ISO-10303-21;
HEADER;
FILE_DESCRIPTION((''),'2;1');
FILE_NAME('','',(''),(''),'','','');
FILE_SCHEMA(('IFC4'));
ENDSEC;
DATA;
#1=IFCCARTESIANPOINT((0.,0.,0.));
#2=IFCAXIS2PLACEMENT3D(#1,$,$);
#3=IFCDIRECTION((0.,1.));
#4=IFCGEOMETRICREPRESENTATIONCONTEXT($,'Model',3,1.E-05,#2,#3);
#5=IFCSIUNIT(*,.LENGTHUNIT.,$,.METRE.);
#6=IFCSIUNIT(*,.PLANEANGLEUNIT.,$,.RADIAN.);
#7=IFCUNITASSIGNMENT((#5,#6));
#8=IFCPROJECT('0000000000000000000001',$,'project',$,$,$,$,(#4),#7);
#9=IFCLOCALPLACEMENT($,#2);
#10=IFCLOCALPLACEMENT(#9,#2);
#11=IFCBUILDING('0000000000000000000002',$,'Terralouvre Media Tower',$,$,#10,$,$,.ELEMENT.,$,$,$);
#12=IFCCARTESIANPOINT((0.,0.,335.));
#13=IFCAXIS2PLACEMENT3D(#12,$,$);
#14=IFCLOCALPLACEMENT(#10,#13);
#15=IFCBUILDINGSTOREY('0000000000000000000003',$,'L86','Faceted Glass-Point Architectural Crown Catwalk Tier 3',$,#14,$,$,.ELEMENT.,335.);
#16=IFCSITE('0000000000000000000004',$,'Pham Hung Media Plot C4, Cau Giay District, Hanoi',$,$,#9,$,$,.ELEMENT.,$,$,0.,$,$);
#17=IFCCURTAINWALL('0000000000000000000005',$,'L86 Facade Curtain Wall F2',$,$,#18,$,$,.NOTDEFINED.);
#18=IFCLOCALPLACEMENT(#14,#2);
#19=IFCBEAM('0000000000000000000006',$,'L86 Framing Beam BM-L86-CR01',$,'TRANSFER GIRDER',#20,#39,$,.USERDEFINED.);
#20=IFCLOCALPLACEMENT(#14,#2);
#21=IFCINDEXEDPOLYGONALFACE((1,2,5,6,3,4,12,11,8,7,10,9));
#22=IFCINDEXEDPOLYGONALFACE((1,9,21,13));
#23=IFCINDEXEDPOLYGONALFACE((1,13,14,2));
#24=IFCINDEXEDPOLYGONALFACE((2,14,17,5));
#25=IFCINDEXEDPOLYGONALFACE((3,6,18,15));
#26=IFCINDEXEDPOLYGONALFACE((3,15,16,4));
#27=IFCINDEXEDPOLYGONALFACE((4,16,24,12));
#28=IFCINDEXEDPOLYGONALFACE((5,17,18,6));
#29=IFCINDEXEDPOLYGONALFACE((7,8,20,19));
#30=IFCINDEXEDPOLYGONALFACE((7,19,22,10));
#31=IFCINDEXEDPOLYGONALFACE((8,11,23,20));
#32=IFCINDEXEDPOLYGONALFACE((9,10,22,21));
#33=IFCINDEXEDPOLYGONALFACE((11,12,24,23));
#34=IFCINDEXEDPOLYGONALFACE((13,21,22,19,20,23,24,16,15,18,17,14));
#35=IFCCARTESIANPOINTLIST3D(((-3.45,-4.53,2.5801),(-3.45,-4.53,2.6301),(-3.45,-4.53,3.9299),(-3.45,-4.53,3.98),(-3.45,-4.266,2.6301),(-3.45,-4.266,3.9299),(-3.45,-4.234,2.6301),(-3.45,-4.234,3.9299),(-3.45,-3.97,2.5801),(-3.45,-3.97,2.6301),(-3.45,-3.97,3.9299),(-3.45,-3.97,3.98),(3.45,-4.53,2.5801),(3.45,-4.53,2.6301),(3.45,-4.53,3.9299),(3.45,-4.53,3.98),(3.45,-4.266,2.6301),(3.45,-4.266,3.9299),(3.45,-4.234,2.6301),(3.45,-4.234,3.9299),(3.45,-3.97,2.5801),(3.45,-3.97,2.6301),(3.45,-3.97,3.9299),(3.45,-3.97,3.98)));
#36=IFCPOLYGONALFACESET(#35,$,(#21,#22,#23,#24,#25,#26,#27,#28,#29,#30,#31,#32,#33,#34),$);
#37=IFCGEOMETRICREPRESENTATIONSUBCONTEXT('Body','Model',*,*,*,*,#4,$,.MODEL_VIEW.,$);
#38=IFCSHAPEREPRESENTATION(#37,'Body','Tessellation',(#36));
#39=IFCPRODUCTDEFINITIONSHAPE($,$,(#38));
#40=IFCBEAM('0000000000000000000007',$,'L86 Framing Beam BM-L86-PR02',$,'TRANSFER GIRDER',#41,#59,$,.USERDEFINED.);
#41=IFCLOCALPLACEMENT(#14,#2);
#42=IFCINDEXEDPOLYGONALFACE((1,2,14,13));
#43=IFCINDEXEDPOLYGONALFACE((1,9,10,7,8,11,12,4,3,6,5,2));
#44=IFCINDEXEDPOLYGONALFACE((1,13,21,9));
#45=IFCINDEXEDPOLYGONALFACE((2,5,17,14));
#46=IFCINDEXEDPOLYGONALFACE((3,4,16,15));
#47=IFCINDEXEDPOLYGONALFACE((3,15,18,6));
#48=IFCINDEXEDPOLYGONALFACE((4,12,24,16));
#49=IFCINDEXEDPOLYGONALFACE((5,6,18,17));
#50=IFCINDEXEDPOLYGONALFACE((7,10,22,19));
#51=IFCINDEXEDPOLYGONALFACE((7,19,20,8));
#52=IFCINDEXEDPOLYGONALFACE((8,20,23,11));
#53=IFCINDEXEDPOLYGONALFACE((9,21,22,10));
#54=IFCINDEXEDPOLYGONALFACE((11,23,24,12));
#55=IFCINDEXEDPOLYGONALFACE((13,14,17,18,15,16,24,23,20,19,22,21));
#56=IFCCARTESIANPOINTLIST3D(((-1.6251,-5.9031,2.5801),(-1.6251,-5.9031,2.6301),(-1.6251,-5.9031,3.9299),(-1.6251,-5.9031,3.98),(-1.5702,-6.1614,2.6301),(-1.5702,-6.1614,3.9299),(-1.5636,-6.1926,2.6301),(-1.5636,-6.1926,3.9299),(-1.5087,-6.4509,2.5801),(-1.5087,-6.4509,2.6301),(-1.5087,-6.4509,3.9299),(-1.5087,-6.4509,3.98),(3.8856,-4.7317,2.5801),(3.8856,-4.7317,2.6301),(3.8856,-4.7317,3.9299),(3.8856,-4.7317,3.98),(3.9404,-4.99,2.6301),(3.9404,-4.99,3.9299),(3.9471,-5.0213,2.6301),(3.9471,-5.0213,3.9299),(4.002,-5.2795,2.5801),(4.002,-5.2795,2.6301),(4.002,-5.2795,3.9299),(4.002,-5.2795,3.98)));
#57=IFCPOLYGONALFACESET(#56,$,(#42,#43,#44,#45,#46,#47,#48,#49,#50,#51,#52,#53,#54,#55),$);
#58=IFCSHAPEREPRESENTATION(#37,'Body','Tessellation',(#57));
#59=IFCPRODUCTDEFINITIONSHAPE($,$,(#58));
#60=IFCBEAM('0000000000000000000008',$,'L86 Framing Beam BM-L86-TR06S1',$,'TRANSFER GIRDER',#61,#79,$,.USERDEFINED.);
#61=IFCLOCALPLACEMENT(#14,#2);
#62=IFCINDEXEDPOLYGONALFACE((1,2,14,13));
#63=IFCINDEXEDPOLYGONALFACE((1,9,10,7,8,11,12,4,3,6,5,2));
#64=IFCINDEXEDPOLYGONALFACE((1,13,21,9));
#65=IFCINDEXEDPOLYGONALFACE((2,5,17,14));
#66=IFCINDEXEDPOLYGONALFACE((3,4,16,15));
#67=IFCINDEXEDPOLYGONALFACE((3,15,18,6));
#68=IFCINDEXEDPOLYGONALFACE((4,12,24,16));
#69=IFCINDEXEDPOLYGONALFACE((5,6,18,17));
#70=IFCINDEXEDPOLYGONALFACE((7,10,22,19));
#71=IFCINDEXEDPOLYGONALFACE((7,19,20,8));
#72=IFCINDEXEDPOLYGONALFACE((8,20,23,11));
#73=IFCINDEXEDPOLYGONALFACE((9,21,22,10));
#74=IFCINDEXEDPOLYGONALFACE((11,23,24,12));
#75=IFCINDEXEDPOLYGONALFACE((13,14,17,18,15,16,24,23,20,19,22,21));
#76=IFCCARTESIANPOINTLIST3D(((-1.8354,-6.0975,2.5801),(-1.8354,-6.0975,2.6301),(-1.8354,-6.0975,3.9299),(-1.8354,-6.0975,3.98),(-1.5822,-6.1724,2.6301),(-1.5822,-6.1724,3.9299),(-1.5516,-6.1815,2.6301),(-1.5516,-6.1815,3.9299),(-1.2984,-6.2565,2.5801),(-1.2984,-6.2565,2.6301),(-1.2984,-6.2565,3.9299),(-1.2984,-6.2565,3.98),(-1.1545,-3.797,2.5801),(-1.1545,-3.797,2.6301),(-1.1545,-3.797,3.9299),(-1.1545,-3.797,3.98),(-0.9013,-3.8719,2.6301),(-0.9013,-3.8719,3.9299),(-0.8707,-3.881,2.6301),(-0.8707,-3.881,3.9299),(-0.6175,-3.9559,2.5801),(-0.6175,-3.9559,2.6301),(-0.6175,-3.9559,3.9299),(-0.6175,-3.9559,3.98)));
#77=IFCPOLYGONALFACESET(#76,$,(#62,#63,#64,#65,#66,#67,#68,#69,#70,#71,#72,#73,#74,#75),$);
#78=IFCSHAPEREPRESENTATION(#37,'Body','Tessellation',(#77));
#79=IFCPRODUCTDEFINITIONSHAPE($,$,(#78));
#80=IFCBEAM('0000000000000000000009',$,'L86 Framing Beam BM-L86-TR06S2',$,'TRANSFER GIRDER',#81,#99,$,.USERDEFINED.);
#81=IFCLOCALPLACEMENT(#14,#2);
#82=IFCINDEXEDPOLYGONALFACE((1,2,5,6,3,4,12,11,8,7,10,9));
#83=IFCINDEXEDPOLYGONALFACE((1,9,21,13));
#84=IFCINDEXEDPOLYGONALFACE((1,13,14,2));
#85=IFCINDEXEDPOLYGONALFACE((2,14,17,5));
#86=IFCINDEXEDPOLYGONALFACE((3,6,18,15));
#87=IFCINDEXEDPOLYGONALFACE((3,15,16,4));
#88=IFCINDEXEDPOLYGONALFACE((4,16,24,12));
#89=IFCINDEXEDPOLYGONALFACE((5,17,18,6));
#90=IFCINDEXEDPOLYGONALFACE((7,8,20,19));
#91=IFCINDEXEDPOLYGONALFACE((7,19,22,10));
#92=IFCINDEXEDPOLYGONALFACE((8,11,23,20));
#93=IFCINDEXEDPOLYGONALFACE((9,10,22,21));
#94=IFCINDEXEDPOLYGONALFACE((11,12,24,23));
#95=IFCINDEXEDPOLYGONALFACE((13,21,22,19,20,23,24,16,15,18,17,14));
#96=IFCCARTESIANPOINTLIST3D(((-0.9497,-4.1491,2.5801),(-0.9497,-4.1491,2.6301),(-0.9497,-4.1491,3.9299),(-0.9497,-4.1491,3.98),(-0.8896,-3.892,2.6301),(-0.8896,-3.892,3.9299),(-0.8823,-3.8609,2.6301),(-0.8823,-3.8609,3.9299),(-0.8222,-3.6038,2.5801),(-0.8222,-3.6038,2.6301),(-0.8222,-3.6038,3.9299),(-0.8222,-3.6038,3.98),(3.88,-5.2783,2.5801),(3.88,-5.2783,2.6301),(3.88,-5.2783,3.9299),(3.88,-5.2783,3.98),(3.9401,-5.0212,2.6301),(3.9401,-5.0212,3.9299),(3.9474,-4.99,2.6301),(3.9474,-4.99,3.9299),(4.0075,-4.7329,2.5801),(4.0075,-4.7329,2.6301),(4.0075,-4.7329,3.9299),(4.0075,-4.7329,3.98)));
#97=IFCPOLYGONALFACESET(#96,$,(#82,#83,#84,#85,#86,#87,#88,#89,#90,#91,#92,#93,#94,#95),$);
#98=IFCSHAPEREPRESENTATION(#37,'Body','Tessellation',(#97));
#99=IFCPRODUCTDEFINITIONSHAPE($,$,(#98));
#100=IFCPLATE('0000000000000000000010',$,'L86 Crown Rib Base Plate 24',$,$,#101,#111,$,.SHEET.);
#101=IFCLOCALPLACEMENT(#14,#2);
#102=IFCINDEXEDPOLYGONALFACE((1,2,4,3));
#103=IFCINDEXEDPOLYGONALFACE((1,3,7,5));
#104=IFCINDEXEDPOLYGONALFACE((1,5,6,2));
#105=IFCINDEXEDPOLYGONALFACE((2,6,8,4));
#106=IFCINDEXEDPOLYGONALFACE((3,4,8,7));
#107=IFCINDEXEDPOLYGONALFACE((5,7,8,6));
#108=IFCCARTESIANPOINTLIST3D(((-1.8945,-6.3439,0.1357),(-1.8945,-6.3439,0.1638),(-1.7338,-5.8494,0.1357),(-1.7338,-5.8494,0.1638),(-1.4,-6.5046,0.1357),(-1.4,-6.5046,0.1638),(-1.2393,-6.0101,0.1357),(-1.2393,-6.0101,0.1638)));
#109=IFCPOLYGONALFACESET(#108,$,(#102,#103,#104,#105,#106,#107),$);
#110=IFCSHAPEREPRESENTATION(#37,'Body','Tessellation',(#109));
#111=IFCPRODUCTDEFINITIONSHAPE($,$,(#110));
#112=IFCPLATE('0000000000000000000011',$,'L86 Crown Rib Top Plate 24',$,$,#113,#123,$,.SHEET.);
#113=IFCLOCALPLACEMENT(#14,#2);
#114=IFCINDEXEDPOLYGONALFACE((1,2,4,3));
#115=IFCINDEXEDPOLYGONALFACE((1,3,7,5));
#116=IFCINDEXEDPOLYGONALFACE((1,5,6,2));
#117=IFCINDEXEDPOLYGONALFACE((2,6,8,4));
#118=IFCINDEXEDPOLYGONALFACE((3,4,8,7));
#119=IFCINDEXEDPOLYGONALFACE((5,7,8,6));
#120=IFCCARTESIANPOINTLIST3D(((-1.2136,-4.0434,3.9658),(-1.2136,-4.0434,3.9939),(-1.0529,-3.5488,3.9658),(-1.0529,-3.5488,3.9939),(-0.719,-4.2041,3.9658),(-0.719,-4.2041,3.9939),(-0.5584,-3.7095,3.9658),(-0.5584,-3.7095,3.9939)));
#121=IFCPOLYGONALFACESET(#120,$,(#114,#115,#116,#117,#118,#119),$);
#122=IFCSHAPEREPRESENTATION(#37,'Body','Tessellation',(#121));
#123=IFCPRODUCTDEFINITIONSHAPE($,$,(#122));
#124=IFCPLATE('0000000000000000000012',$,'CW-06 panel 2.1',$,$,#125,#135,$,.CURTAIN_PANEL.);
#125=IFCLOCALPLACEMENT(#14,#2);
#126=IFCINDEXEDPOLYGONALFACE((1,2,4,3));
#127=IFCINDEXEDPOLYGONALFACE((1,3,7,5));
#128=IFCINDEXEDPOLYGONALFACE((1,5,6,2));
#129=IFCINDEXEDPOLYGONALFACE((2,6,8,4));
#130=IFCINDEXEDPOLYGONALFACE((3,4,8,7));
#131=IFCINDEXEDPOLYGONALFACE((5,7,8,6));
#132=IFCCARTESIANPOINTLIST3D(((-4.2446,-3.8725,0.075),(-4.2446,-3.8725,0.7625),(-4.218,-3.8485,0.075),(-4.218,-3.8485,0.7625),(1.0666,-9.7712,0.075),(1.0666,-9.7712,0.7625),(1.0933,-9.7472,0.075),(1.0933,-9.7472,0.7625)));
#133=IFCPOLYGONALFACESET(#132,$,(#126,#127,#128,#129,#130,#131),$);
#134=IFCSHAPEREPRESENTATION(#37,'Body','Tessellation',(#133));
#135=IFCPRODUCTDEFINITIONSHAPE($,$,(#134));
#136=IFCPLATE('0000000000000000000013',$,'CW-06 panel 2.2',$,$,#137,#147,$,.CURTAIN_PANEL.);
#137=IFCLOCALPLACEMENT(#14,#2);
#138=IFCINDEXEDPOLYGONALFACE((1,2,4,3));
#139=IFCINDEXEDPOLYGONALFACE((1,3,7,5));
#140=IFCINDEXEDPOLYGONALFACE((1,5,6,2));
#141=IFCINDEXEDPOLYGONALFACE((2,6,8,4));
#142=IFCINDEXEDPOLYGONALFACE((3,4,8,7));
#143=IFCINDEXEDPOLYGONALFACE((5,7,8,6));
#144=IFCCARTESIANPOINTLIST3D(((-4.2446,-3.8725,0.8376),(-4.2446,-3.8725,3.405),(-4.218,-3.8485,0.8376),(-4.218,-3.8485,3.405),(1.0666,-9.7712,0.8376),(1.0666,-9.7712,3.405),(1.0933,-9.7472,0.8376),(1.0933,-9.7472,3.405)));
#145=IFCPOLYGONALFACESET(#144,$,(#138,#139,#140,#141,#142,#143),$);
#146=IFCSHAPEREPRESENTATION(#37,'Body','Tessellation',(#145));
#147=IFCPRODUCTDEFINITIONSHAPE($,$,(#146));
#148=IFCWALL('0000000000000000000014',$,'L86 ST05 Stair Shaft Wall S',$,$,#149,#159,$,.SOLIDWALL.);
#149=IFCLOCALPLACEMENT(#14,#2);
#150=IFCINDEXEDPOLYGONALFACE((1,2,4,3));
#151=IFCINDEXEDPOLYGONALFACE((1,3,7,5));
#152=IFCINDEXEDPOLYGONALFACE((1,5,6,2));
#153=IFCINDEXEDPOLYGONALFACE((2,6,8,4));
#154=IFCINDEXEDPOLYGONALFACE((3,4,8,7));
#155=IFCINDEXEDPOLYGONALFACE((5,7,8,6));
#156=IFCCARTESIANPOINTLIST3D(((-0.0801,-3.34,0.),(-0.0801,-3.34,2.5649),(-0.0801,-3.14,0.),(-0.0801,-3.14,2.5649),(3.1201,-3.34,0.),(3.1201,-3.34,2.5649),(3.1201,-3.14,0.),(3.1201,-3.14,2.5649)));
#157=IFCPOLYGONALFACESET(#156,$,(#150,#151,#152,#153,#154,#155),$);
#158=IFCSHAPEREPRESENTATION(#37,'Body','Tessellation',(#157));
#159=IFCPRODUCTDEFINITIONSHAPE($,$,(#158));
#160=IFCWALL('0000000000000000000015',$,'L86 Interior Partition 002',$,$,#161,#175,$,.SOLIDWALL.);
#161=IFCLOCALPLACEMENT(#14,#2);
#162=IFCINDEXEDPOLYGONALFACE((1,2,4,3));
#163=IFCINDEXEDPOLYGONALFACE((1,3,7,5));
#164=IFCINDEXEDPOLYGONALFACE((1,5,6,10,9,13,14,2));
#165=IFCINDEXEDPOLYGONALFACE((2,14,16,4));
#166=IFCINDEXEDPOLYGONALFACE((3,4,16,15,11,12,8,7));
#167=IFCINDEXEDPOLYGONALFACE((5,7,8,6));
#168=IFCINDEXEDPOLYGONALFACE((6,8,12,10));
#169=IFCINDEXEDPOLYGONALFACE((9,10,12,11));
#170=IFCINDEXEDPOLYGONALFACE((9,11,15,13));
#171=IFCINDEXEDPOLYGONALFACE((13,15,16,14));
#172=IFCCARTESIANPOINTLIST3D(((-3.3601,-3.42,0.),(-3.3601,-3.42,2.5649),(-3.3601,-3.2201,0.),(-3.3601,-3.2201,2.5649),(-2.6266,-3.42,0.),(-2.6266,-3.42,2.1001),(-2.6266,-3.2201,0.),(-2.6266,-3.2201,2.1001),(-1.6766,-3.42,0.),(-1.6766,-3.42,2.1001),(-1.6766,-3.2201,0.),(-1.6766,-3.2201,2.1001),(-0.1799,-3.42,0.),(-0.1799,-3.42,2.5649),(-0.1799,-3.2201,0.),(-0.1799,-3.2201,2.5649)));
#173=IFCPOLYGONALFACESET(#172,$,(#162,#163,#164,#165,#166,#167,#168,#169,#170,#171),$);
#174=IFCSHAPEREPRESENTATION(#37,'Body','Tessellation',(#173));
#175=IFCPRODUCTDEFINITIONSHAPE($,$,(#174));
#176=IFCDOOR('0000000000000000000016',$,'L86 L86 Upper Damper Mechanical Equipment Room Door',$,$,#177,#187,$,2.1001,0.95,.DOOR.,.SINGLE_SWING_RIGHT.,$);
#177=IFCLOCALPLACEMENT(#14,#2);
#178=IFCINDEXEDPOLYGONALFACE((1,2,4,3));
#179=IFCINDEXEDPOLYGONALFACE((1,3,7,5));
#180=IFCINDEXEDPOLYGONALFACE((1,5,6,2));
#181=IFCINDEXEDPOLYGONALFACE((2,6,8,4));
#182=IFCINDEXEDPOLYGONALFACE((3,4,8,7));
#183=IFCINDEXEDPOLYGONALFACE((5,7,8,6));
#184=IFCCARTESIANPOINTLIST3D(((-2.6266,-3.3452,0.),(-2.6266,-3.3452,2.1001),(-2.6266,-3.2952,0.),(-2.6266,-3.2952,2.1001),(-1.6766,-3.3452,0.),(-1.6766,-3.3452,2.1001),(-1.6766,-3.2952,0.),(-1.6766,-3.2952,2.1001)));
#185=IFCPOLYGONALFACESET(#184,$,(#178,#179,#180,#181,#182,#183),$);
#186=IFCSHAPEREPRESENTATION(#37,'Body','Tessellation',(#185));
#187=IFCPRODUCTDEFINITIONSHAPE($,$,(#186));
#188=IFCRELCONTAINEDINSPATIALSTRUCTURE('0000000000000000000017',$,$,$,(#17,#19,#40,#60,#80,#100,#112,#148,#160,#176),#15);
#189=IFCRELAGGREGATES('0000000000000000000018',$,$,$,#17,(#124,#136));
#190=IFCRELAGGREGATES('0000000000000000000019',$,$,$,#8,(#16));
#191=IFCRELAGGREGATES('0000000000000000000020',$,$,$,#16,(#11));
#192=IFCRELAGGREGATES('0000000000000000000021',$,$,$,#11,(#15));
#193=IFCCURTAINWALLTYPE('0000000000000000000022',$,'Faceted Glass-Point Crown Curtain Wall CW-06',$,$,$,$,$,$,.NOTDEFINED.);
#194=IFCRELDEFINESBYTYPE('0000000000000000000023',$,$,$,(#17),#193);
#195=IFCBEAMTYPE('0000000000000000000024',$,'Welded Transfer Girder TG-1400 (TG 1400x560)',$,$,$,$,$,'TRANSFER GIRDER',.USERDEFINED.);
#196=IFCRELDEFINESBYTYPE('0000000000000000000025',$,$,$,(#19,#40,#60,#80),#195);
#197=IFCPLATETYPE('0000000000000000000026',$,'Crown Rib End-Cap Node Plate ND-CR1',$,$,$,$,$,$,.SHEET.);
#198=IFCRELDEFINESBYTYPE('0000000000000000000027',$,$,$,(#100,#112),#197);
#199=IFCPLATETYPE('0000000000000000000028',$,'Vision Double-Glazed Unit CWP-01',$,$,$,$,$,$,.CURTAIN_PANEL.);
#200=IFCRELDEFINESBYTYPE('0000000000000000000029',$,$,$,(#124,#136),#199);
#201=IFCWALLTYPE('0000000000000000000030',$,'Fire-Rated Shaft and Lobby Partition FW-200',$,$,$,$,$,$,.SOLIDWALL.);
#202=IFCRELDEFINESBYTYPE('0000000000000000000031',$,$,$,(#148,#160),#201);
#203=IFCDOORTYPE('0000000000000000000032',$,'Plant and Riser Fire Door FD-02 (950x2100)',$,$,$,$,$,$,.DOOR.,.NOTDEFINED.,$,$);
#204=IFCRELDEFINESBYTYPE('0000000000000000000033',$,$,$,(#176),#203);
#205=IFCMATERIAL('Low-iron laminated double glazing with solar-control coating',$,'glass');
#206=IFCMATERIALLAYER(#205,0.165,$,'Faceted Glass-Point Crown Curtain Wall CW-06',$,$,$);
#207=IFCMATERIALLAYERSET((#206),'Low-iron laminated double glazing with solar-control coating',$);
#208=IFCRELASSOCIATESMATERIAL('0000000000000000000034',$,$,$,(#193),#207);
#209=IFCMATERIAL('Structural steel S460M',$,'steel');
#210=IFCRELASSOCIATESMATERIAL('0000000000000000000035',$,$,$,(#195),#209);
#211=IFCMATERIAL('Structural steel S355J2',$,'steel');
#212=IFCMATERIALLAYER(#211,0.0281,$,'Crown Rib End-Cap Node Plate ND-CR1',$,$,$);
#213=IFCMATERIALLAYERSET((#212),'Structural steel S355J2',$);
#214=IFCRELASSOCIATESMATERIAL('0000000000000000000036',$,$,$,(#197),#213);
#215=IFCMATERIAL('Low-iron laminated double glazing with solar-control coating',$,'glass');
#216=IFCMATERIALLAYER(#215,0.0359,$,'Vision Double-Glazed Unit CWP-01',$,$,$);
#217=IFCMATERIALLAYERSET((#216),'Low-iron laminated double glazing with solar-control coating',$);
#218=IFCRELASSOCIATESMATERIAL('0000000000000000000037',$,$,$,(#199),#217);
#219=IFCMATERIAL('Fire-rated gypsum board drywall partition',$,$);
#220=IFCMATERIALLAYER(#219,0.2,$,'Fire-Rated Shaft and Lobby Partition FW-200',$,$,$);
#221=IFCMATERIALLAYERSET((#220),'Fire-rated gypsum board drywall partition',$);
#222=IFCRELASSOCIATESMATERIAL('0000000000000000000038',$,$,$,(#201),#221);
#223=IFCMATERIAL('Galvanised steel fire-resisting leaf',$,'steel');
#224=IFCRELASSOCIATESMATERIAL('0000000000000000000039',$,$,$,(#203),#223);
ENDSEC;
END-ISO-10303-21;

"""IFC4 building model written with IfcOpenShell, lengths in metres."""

from ifc_helpers import new_model, si_unit, direction, frame, frame_2d, origin, origin_2d, place, context, subcontext, project, spatial, rectangle, i_section, extrude, material, layer, layer_set, material_profile, profile_set, type_object, element, fill, aggregate, save


model = new_model("IFC4")

# Units and contexts
model_context = context("Model", 3, precision=1e-05, world=origin(), true_north=direction((0.0, 1.0)))
body_context = subcontext(model_context, "Body", "Model", "MODEL_VIEW")
ifc_project = project(units=[si_unit("LENGTHUNIT", "METRE"), si_unit("PLANEANGLEUNIT", "RADIAN")], contexts=[model_context])

# Site, building, storey
site_placement = place(None, origin())
site = spatial("IfcSite", under=ifc_project, at=site_placement, Name="Pham Hung Media Plot C4, Cau Giay District, Hanoi", CompositionType="ELEMENT", RefElevation=0.0)
building_placement = place(site_placement, origin())
building = spatial("IfcBuilding", under=site, at=building_placement, Name="Terralouvre Media Tower", CompositionType="ELEMENT")
storey_placement = place(building_placement, frame((0.0, 0.0, 335.0)))
storey = spatial("IfcBuildingStorey", under=building, at=storey_placement, Name="L86", Description="Faceted Glass-Point Architectural Crown Catwalk Tier 3", CompositionType="ELEMENT", Elevation=335.0)

# Curtain wall
ifc_material_1 = material(Name="Low-iron laminated double glazing with solar-control coating", Category="glass")
ifc_layer_1 = layer(ifc_material_1, 0.165, Name="Faceted Glass-Point Crown Curtain Wall CW-06")
ifc_layer_set_1 = layer_set([ifc_layer_1], Name="Low-iron laminated double glazing with solar-control coating")
curtain_wall_type = type_object("IfcCurtainWallType", Name="Faceted Glass-Point Crown Curtain Wall CW-06", PredefinedType="NOTDEFINED", material=ifc_layer_set_1)
curtain_wall_placement = place(storey_placement, origin())
curtain_wall = element("IfcCurtainWall", 1, at=curtain_wall_placement, inside=storey, type_object=curtain_wall_type, Name="L86 Facade Curtain Wall F2", PredefinedType="NOTDEFINED")

# Beams
ifc_material_2 = material(Name="Structural steel S460M", Category="steel")
ifc_material_profile_1 = material_profile(ifc_material_2, i_section(OverallWidth=0.5601, OverallDepth=1.3999, WebThickness=0.032, FlangeThickness=0.05, at=origin_2d()), Name="TG 1400x560")
ifc_profile_set_1 = profile_set([ifc_material_profile_1], Name="Structural steel S460M")
beam_type = type_object("IfcBeamType", Name="Welded Transfer Girder TG-1400 (TG 1400x560)", ElementType="TRANSFER GIRDER", PredefinedType="USERDEFINED", material=ifc_profile_set_1)
beam_1_placement = place(storey_placement, frame((-3.45, -4.25, 3.28), z_axis=(1.0, 0.0, 0.0), x_axis=(0.0, 1.0, 0.0)))
element("IfcBeam", 2, at=beam_1_placement, inside=storey, type_object=beam_type, Name="L86 Framing Beam BM-L86-CR01", ObjectType="TRANSFER GIRDER", PredefinedType="USERDEFINED", context=body_context, shape_type="SweptSolid", body=[
    extrude(i_section(OverallWidth=0.5601, OverallDepth=1.3999, WebThickness=0.032, FlangeThickness=0.05, at=origin_2d()), origin(), (0.0, 0.0, 1.0), 6.8999),
])
beam_2_placement = place(storey_placement, frame((-1.5669, -6.177, 3.28), z_axis=(0.978146, 0.207919, 0.0), x_axis=(-0.207919, 0.978146, 0.0)))
element("IfcBeam", 3, at=beam_2_placement, inside=storey, type_object=beam_type, Name="L86 Framing Beam BM-L86-PR02", ObjectType="TRANSFER GIRDER", PredefinedType="USERDEFINED", context=body_context, shape_type="SweptSolid", body=[
    extrude(i_section(OverallWidth=0.5601, OverallDepth=1.3999, WebThickness=0.032, FlangeThickness=0.05, at=origin_2d()), origin(), (0.0, 0.0, 1.0), 5.6338),
])
beam_3_placement = place(storey_placement, frame((-0.886, -3.8765, 3.28), z_axis=(-0.283808, -0.958881, 0.0), x_axis=(0.958881, -0.283808, 0.0)))
element("IfcBeam", 4, at=beam_3_placement, inside=storey, type_object=beam_type, Name="L86 Framing Beam BM-L86-TR06S1", ObjectType="TRANSFER GIRDER", PredefinedType="USERDEFINED", context=body_context, shape_type="SweptSolid", body=[
    extrude(i_section(OverallWidth=0.5601, OverallDepth=1.3999, WebThickness=0.032, FlangeThickness=0.05, at=origin_2d()), origin(), (0.0, 0.0, 1.0), 2.3992),
])
beam_4_placement = place(storey_placement, frame((-0.886, -3.8765, 3.28), z_axis=(0.973743, -0.227648, 0.0), x_axis=(0.227648, 0.973743, 0.0)))
element("IfcBeam", 5, at=beam_4_placement, inside=storey, type_object=beam_type, Name="L86 Framing Beam BM-L86-TR06S2", ObjectType="TRANSFER GIRDER", PredefinedType="USERDEFINED", context=body_context, shape_type="SweptSolid", body=[
    extrude(i_section(OverallWidth=0.5601, OverallDepth=1.3999, WebThickness=0.032, FlangeThickness=0.05, at=origin_2d()), origin(), (0.0, 0.0, 1.0), 4.96),
])

# Plates
ifc_material_3 = material(Name="Structural steel S355J2", Category="steel")
ifc_layer_2 = layer(ifc_material_3, 0.0281, Name="Crown Rib End-Cap Node Plate ND-CR1")
ifc_layer_set_2 = layer_set([ifc_layer_2], Name="Structural steel S355J2")
plate_type_1 = type_object("IfcPlateType", Name="Crown Rib End-Cap Node Plate ND-CR1", PredefinedType="SHEET", material=ifc_layer_set_2)
for number, where, z_axis, x_axis, name in (
    (6, (-1.5669, -6.177, 0.1357), (0.0, 0.0, 1.0), (0.309017, 0.951057, 0.0), "L86 Crown Rib Base Plate 24"),
    (7, (-0.886, -3.8765, 3.9658), (0.0, 0.0, 1.0), (0.309017, 0.951057, 0.0), "L86 Crown Rib Top Plate 24"),
):
    element("IfcPlate", number, at=place(storey_placement, frame(where, z_axis=z_axis, x_axis=x_axis)), inside=storey, type_object=plate_type_1, Name=name, PredefinedType="SHEET", context=body_context, shape_type="SweptSolid", body=[
        extrude(rectangle(XDim=0.52, YDim=0.52, at=origin_2d()), origin(), (0.0, 0.0, 1.0), 0.0281),
    ])

# Plates
ifc_material_4 = material(Name="Low-iron laminated double glazing with solar-control coating", Category="glass")
ifc_layer_3 = layer(ifc_material_4, 0.0359, Name="Vision Double-Glazed Unit CWP-01")
ifc_layer_set_3 = layer_set([ifc_layer_3], Name="Low-iron laminated double glazing with solar-control coating")
plate_type_2 = type_object("IfcPlateType", Name="Vision Double-Glazed Unit CWP-01", PredefinedType="CURTAIN_PANEL", material=ifc_layer_set_3)
plate_1_placement = place(storey_placement, frame((-1.5757, -6.8098, 0.075), z_axis=(0.0, 0.0, 1.0), x_axis=(0.66913, -0.743145, 0.0)))
plate_1 = element("IfcPlate", 8, at=plate_1_placement, type_object=plate_type_2, Name="CW-06 panel 2.1", PredefinedType="CURTAIN_PANEL", context=body_context, shape_type="SweptSolid", body=[
    extrude(rectangle(XDim=7.9375, YDim=0.0359, at=origin_2d()), origin(), (0.0, 0.0, 1.0), 0.6875),
])
plate_2_placement = place(storey_placement, frame((-1.5757, -6.8098, 0.8376), z_axis=(0.0, 0.0, 1.0), x_axis=(0.66913, -0.743145, 0.0)))
plate_2 = element("IfcPlate", 9, at=plate_2_placement, type_object=plate_type_2, Name="CW-06 panel 2.2", PredefinedType="CURTAIN_PANEL", context=body_context, shape_type="SweptSolid", body=[
    extrude(rectangle(XDim=7.9375, YDim=0.0359, at=origin_2d()), origin(), (0.0, 0.0, 1.0), 2.5674),
])
aggregate(curtain_wall, [plate_1, plate_2])

# Wall
ifc_material_5 = material(Name="Fire-rated gypsum board drywall partition")
ifc_layer_4 = layer(ifc_material_5, 0.2, Name="Fire-Rated Shaft and Lobby Partition FW-200")
ifc_layer_set_4 = layer_set([ifc_layer_4], Name="Fire-rated gypsum board drywall partition")
wall_type = type_object("IfcWallType", Name="Fire-Rated Shaft and Lobby Partition FW-200", PredefinedType="SOLIDWALL", material=ifc_layer_set_4)
wall_1_placement = place(storey_placement, frame((-0.0801, -3.24, 0.0), z_axis=(0.0, 0.0, 1.0), x_axis=(1.0, 0.0, 0.0)))
element("IfcWall", 10, at=wall_1_placement, inside=storey, type_object=wall_type, Name="L86 ST05 Stair Shaft Wall S", PredefinedType="SOLIDWALL", context=body_context, shape_type="SweptSolid", body=[
    extrude(rectangle(XDim=3.2002, YDim=0.2, at=frame_2d((1.6001, 0.0))), origin(), (0.0, 0.0, 1.0), 2.5649),
])

# Wall, opening, door
wall_2_placement = place(storey_placement, frame((-3.3601, -3.3201, 0.0), z_axis=(0.0, 0.0, 1.0), x_axis=(1.0, 0.0, 0.0)))
wall_2 = element("IfcWall", 11, at=wall_2_placement, inside=storey, type_object=wall_type, Name="L86 Interior Partition 002", PredefinedType="SOLIDWALL", context=body_context, shape_type="SweptSolid", body=[
    extrude(rectangle(XDim=3.1802, YDim=0.2, at=frame_2d((1.5901, 0.0))), origin(), (0.0, 0.0, 1.0), 2.5649),
])
opening_placement = place(wall_2_placement, frame((0.7334, 0.0, 0.0)))
opening = element("IfcOpeningElement", 12, at=opening_placement, cuts=wall_2, PredefinedType="OPENING", context=body_context, shape_type="SweptSolid", body=[
    extrude(rectangle(XDim=0.95, YDim=2.1001, at=frame_2d((0.4751, 1.05))), frame((0.0, 0.1099, 0.0), z_axis=(0.0, -1.0, 0.0), x_axis=(1.0, 0.0, 0.0)), (0.0, 0.0, 1.0), 0.22),
])
ifc_material_6 = material(Name="Galvanised steel fire-resisting leaf", Category="steel")
door_type = type_object("IfcDoorType", Name="Plant and Riser Fire Door FD-02 (950x2100)", OperationType="NOTDEFINED", PredefinedType="DOOR", material=ifc_material_6)
door_placement = place(opening_placement, origin())
door = element("IfcDoor", 13, at=door_placement, inside=storey, type_object=door_type, Name="L86 L86 Upper Damper Mechanical Equipment Room Door", OperationType="SINGLE_SWING_RIGHT", OverallHeight=2.1001, OverallWidth=0.95, PredefinedType="DOOR", context=body_context, shape_type="SweptSolid", body=[
    extrude(rectangle(XDim=0.95, YDim=2.1001, at=frame_2d((0.4751, 1.05))), frame((0.0, 0.0249, 0.0), z_axis=(0.0, -1.0, 0.0), x_axis=(1.0, 0.0, 0.0)), (0.0, 0.0, 1.0), 0.05),
])
fill(opening, door)

save(model, "model.ifc")
